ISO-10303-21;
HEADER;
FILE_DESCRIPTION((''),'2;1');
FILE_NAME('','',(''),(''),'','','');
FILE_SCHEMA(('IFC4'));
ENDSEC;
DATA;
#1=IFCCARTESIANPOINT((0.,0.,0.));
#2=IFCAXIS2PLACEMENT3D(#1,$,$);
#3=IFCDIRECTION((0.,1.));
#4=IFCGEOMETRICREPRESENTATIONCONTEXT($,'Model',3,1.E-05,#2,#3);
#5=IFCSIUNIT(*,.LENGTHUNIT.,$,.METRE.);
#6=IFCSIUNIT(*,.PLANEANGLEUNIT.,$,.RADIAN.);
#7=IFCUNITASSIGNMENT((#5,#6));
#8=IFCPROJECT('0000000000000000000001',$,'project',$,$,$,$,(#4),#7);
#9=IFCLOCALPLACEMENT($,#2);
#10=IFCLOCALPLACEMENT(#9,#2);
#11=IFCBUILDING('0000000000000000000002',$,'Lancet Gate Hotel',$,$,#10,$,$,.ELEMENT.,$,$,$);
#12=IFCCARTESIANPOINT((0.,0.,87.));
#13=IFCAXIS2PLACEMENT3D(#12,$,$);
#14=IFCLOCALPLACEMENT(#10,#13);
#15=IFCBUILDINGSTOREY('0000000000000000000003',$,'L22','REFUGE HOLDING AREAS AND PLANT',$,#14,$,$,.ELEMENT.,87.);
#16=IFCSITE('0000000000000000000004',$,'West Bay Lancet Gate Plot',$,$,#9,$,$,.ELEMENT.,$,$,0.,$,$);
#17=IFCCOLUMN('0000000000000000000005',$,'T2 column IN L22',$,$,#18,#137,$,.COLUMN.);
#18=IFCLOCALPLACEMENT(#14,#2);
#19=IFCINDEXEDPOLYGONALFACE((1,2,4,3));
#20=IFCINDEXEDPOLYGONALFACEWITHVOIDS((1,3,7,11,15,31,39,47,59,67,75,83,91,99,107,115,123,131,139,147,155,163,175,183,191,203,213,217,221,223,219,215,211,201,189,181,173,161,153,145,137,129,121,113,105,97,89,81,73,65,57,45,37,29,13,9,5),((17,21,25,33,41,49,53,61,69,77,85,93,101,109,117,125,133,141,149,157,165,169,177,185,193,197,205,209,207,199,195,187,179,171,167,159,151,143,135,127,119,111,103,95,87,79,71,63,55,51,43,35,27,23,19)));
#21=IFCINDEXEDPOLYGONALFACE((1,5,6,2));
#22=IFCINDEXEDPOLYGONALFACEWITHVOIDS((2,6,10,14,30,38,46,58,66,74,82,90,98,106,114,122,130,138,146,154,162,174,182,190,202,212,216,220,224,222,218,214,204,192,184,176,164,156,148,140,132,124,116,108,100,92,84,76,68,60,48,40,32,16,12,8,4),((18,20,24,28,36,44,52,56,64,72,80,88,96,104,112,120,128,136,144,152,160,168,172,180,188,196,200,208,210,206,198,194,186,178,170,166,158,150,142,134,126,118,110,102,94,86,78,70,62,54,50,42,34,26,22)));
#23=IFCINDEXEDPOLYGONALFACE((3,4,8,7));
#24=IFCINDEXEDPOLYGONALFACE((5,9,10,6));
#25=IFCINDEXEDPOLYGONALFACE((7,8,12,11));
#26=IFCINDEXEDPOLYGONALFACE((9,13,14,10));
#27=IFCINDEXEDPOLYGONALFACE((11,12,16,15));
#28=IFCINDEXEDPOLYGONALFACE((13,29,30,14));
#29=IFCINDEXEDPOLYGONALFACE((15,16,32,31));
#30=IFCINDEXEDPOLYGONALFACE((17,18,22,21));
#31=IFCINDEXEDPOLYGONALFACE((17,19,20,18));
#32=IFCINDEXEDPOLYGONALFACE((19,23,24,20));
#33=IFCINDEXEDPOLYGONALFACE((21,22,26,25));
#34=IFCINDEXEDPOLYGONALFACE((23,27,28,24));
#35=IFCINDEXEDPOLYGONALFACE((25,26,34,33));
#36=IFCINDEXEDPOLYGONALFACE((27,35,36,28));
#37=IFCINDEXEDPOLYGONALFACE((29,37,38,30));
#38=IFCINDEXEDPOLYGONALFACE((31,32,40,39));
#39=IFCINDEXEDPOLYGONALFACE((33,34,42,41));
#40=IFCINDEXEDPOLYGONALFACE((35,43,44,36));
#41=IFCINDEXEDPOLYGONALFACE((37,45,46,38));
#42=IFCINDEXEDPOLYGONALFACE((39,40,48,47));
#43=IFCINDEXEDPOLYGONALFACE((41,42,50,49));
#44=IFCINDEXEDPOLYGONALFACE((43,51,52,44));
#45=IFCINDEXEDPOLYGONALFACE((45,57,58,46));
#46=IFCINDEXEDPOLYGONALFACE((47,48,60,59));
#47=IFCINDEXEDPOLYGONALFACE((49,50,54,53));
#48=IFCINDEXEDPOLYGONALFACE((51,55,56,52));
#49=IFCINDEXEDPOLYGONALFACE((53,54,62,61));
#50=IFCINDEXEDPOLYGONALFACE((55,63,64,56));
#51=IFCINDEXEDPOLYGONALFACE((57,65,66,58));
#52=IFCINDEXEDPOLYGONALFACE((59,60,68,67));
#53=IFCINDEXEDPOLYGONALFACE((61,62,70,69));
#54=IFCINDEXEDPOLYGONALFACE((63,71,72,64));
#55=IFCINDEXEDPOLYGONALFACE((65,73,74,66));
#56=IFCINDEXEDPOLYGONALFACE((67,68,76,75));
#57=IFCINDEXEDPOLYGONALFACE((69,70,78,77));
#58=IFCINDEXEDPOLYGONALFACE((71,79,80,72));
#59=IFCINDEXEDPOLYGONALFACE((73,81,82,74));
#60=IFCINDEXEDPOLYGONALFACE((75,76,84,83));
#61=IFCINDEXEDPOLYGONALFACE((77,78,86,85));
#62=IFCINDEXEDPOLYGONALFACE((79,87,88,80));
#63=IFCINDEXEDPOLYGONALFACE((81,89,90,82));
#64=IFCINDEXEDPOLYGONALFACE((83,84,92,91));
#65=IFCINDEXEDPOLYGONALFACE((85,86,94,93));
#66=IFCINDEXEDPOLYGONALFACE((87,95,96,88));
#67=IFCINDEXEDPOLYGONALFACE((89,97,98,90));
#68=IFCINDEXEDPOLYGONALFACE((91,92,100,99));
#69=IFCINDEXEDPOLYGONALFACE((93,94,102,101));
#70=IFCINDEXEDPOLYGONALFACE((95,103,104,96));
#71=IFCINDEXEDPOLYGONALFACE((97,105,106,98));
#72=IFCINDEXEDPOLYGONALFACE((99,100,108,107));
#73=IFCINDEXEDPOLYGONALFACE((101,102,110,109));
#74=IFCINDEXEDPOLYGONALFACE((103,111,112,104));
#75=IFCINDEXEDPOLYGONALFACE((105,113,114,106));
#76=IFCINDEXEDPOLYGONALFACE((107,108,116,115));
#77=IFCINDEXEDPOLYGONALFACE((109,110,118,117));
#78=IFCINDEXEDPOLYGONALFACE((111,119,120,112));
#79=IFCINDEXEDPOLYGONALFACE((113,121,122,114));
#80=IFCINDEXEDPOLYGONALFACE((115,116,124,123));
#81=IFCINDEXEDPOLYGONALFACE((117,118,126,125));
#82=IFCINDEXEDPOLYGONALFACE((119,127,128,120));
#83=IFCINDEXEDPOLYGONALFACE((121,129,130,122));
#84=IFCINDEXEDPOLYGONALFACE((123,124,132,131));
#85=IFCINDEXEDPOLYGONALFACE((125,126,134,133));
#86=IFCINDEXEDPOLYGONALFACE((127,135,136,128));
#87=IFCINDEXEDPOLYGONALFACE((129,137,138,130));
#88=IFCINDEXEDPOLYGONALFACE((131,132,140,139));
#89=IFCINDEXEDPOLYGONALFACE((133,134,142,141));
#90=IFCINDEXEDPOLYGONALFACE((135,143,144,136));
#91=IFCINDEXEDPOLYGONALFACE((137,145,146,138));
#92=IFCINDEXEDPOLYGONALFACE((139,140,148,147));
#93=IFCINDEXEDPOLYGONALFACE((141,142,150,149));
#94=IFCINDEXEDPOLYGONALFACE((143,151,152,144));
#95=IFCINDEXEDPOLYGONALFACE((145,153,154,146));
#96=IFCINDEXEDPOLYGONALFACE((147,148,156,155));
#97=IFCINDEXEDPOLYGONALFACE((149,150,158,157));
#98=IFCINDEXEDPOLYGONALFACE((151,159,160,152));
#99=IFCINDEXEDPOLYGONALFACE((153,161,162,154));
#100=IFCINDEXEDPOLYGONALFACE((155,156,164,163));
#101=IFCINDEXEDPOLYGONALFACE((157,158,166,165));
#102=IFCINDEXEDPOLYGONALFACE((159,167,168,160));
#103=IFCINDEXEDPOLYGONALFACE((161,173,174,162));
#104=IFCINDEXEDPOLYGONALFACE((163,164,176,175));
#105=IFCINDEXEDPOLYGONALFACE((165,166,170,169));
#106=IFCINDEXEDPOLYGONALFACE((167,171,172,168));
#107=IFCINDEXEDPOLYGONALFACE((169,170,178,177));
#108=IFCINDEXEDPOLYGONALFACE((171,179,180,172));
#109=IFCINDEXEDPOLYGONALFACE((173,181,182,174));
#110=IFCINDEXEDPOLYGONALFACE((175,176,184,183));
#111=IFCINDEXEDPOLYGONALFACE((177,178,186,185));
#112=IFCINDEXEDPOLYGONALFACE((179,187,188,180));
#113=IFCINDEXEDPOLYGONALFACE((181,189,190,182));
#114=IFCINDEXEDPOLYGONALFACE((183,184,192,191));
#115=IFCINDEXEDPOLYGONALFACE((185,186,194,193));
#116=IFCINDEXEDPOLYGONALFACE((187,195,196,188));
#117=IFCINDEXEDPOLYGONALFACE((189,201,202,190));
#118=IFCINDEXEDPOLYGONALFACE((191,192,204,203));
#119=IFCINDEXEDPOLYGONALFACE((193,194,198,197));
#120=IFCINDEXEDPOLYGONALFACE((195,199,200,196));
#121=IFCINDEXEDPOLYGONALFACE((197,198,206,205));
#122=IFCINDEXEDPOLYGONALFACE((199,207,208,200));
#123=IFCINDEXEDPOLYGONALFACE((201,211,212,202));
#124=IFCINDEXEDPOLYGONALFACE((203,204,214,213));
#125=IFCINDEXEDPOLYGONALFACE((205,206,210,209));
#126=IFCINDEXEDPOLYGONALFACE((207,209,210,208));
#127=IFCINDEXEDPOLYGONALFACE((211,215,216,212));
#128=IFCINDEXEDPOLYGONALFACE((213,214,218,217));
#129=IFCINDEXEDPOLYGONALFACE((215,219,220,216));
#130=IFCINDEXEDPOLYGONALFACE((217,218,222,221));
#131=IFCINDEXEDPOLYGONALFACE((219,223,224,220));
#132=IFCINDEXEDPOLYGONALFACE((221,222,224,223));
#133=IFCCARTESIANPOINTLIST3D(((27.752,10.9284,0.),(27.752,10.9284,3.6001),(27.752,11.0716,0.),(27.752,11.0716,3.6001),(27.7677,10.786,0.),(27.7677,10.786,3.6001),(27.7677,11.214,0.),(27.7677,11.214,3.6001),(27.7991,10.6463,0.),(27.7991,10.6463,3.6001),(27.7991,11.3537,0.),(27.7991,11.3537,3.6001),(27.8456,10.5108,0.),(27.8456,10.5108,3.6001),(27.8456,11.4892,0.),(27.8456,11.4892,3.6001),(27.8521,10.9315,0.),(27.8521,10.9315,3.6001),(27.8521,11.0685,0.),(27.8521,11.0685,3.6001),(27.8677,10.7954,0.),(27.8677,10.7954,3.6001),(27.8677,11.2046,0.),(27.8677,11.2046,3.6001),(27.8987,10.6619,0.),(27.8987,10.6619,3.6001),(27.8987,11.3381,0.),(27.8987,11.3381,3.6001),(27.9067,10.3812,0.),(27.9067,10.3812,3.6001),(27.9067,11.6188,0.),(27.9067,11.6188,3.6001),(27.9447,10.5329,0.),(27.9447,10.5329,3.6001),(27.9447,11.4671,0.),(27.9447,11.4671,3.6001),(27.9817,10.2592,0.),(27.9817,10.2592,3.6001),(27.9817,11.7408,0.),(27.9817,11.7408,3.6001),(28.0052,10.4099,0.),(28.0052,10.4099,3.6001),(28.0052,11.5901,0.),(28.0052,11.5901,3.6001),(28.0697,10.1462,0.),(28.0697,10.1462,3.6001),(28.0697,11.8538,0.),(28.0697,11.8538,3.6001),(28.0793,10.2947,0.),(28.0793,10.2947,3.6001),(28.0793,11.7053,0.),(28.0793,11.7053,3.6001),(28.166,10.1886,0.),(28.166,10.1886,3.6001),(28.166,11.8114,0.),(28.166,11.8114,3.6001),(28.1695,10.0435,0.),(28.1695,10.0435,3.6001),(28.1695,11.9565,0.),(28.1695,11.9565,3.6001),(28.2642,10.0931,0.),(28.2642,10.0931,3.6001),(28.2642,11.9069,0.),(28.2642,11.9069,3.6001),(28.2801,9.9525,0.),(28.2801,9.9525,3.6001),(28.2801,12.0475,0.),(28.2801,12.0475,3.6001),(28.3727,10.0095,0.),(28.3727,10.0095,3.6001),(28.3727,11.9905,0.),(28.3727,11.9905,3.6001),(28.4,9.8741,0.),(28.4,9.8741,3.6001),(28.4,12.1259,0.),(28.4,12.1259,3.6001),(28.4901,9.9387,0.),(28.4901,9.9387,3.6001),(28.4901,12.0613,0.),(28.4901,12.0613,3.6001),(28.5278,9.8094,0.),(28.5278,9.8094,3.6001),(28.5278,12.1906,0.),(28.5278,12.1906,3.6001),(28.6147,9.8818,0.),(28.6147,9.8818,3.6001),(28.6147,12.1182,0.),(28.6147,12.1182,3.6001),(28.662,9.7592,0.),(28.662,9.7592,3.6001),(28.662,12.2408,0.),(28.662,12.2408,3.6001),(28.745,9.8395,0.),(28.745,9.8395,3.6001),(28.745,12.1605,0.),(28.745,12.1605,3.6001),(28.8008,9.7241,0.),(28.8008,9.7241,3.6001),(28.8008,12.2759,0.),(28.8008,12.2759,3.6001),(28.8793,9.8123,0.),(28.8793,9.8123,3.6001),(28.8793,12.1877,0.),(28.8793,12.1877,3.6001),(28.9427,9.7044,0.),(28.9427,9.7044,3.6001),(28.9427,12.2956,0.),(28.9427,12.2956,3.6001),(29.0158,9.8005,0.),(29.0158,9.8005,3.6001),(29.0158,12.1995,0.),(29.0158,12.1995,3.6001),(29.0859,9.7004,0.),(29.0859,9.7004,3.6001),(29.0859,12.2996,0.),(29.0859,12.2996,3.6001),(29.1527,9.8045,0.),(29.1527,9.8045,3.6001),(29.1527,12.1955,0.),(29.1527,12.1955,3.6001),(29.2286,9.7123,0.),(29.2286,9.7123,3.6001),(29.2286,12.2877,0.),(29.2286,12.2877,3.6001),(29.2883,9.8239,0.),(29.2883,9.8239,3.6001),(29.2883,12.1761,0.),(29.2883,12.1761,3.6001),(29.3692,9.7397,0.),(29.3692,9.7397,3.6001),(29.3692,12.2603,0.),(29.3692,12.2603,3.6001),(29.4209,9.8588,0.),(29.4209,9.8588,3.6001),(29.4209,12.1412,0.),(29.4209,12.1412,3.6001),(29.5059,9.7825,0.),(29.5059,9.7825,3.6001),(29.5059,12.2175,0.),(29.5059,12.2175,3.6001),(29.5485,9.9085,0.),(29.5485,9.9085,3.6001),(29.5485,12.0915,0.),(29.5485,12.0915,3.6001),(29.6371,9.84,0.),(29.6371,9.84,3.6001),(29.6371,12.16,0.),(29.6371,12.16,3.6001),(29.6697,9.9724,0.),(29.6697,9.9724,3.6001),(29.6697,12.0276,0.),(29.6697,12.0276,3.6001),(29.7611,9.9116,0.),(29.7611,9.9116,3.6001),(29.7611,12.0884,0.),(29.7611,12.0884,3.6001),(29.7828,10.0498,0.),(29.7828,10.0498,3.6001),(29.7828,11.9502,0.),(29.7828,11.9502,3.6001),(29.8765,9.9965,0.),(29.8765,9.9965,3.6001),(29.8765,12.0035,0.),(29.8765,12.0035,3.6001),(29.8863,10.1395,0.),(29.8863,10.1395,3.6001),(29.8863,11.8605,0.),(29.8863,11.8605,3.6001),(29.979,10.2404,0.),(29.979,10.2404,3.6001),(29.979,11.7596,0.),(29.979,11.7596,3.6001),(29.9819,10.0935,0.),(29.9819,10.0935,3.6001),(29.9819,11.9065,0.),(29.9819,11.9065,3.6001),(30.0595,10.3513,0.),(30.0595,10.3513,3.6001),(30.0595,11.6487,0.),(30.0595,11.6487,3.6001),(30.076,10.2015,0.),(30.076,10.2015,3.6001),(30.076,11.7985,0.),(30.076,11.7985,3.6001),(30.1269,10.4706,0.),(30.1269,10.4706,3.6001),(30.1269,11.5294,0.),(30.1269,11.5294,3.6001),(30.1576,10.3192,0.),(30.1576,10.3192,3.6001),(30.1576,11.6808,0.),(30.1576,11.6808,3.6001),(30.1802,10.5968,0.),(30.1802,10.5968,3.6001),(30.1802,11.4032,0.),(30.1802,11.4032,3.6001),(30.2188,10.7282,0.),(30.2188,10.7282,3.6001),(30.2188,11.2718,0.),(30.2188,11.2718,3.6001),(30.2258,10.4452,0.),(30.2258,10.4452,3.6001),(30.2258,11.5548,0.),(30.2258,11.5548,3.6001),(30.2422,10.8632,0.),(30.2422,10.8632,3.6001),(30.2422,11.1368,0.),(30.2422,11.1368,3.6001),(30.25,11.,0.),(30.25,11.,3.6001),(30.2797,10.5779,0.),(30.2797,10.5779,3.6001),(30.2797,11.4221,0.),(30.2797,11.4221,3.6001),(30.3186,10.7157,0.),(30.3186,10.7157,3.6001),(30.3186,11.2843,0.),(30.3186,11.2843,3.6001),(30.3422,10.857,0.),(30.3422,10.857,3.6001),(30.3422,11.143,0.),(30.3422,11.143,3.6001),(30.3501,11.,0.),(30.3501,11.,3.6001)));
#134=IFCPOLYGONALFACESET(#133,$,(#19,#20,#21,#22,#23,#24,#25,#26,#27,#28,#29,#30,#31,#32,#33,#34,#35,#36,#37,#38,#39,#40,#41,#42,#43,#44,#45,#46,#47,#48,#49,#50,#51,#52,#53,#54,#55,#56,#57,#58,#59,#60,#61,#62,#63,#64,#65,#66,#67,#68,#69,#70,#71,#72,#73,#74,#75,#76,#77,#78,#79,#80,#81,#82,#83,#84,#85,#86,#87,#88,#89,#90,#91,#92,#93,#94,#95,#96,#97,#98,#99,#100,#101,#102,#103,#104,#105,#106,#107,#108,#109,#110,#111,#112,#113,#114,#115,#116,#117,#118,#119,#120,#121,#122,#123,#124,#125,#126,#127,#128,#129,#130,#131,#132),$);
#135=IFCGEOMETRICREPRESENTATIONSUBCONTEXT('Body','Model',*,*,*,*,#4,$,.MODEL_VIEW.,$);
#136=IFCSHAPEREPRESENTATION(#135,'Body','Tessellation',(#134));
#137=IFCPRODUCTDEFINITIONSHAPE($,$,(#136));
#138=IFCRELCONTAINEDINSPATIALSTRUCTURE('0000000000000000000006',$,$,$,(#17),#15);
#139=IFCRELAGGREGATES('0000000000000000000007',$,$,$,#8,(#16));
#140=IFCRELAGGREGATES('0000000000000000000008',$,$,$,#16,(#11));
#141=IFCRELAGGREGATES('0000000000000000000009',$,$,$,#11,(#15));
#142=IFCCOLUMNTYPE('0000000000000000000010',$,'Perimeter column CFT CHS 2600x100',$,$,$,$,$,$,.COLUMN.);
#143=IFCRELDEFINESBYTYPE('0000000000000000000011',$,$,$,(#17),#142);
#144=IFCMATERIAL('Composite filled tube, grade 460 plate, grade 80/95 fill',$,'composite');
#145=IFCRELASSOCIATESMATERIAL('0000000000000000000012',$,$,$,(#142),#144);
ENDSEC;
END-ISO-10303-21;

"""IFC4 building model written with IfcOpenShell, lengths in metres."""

from ifc_helpers import new_model, si_unit, direction, frame, origin, origin_2d, place, context, subcontext, project, spatial, hollow_circle, extrude, material, material_profile, profile_set, type_object, element, save


model = new_model("IFC4")

# Units and contexts
model_context = context("Model", 3, precision=1e-05, world=origin(), true_north=direction((0.0, 1.0)))
body_context = subcontext(model_context, "Body", "Model", "MODEL_VIEW")
ifc_project = project(units=[si_unit("LENGTHUNIT", "METRE"), si_unit("PLANEANGLEUNIT", "RADIAN")], contexts=[model_context])

# Site, building, storey
site_placement = place(None, origin())
site = spatial("IfcSite", under=ifc_project, at=site_placement, Name="West Bay Lancet Gate Plot", CompositionType="ELEMENT", RefElevation=0.0)
building_placement = place(site_placement, origin())
building = spatial("IfcBuilding", under=site, at=building_placement, Name="Lancet Gate Hotel", CompositionType="ELEMENT")
storey_placement = place(building_placement, frame((0.0, 0.0, 87.0)))
storey = spatial("IfcBuildingStorey", under=building, at=storey_placement, Name="L22", Description="REFUGE HOLDING AREAS AND PLANT", CompositionType="ELEMENT", Elevation=87.0)

# Column
ifc_material_1 = material(Name="Composite filled tube, grade 460 plate, grade 80/95 fill", Category="composite")
ifc_material_profile_1 = material_profile(ifc_material_1, hollow_circle(Radius=1.3, WallThickness=0.1001, at=origin_2d()), Name="CHS 2600x100")
ifc_profile_set_1 = profile_set([ifc_material_profile_1], Name="Composite filled tube, grade 460 plate, grade 80/95 fill")
column_type = type_object("IfcColumnType", Name="Perimeter column CFT CHS 2600x100", PredefinedType="COLUMN", material=ifc_profile_set_1)
for number, where, z_axis, x_axis, name in (
    (1, (29.05, 11.0, 0.0), (0.0, 0.0, 1.0), (1.0, 0.0, 0.0), "T2 column IN L22"),
):
    element("IfcColumn", number, at=place(storey_placement, frame(where, z_axis=z_axis, x_axis=x_axis)), inside=storey, type_object=column_type, Name=name, PredefinedType="COLUMN", context=body_context, shape_type="SweptSolid", body=[
        extrude(hollow_circle(Radius=1.3, WallThickness=0.1001, at=origin_2d()), origin(), (0.0, 0.0, 1.0), 3.6001),
    ])

save(model, "model.ifc")
